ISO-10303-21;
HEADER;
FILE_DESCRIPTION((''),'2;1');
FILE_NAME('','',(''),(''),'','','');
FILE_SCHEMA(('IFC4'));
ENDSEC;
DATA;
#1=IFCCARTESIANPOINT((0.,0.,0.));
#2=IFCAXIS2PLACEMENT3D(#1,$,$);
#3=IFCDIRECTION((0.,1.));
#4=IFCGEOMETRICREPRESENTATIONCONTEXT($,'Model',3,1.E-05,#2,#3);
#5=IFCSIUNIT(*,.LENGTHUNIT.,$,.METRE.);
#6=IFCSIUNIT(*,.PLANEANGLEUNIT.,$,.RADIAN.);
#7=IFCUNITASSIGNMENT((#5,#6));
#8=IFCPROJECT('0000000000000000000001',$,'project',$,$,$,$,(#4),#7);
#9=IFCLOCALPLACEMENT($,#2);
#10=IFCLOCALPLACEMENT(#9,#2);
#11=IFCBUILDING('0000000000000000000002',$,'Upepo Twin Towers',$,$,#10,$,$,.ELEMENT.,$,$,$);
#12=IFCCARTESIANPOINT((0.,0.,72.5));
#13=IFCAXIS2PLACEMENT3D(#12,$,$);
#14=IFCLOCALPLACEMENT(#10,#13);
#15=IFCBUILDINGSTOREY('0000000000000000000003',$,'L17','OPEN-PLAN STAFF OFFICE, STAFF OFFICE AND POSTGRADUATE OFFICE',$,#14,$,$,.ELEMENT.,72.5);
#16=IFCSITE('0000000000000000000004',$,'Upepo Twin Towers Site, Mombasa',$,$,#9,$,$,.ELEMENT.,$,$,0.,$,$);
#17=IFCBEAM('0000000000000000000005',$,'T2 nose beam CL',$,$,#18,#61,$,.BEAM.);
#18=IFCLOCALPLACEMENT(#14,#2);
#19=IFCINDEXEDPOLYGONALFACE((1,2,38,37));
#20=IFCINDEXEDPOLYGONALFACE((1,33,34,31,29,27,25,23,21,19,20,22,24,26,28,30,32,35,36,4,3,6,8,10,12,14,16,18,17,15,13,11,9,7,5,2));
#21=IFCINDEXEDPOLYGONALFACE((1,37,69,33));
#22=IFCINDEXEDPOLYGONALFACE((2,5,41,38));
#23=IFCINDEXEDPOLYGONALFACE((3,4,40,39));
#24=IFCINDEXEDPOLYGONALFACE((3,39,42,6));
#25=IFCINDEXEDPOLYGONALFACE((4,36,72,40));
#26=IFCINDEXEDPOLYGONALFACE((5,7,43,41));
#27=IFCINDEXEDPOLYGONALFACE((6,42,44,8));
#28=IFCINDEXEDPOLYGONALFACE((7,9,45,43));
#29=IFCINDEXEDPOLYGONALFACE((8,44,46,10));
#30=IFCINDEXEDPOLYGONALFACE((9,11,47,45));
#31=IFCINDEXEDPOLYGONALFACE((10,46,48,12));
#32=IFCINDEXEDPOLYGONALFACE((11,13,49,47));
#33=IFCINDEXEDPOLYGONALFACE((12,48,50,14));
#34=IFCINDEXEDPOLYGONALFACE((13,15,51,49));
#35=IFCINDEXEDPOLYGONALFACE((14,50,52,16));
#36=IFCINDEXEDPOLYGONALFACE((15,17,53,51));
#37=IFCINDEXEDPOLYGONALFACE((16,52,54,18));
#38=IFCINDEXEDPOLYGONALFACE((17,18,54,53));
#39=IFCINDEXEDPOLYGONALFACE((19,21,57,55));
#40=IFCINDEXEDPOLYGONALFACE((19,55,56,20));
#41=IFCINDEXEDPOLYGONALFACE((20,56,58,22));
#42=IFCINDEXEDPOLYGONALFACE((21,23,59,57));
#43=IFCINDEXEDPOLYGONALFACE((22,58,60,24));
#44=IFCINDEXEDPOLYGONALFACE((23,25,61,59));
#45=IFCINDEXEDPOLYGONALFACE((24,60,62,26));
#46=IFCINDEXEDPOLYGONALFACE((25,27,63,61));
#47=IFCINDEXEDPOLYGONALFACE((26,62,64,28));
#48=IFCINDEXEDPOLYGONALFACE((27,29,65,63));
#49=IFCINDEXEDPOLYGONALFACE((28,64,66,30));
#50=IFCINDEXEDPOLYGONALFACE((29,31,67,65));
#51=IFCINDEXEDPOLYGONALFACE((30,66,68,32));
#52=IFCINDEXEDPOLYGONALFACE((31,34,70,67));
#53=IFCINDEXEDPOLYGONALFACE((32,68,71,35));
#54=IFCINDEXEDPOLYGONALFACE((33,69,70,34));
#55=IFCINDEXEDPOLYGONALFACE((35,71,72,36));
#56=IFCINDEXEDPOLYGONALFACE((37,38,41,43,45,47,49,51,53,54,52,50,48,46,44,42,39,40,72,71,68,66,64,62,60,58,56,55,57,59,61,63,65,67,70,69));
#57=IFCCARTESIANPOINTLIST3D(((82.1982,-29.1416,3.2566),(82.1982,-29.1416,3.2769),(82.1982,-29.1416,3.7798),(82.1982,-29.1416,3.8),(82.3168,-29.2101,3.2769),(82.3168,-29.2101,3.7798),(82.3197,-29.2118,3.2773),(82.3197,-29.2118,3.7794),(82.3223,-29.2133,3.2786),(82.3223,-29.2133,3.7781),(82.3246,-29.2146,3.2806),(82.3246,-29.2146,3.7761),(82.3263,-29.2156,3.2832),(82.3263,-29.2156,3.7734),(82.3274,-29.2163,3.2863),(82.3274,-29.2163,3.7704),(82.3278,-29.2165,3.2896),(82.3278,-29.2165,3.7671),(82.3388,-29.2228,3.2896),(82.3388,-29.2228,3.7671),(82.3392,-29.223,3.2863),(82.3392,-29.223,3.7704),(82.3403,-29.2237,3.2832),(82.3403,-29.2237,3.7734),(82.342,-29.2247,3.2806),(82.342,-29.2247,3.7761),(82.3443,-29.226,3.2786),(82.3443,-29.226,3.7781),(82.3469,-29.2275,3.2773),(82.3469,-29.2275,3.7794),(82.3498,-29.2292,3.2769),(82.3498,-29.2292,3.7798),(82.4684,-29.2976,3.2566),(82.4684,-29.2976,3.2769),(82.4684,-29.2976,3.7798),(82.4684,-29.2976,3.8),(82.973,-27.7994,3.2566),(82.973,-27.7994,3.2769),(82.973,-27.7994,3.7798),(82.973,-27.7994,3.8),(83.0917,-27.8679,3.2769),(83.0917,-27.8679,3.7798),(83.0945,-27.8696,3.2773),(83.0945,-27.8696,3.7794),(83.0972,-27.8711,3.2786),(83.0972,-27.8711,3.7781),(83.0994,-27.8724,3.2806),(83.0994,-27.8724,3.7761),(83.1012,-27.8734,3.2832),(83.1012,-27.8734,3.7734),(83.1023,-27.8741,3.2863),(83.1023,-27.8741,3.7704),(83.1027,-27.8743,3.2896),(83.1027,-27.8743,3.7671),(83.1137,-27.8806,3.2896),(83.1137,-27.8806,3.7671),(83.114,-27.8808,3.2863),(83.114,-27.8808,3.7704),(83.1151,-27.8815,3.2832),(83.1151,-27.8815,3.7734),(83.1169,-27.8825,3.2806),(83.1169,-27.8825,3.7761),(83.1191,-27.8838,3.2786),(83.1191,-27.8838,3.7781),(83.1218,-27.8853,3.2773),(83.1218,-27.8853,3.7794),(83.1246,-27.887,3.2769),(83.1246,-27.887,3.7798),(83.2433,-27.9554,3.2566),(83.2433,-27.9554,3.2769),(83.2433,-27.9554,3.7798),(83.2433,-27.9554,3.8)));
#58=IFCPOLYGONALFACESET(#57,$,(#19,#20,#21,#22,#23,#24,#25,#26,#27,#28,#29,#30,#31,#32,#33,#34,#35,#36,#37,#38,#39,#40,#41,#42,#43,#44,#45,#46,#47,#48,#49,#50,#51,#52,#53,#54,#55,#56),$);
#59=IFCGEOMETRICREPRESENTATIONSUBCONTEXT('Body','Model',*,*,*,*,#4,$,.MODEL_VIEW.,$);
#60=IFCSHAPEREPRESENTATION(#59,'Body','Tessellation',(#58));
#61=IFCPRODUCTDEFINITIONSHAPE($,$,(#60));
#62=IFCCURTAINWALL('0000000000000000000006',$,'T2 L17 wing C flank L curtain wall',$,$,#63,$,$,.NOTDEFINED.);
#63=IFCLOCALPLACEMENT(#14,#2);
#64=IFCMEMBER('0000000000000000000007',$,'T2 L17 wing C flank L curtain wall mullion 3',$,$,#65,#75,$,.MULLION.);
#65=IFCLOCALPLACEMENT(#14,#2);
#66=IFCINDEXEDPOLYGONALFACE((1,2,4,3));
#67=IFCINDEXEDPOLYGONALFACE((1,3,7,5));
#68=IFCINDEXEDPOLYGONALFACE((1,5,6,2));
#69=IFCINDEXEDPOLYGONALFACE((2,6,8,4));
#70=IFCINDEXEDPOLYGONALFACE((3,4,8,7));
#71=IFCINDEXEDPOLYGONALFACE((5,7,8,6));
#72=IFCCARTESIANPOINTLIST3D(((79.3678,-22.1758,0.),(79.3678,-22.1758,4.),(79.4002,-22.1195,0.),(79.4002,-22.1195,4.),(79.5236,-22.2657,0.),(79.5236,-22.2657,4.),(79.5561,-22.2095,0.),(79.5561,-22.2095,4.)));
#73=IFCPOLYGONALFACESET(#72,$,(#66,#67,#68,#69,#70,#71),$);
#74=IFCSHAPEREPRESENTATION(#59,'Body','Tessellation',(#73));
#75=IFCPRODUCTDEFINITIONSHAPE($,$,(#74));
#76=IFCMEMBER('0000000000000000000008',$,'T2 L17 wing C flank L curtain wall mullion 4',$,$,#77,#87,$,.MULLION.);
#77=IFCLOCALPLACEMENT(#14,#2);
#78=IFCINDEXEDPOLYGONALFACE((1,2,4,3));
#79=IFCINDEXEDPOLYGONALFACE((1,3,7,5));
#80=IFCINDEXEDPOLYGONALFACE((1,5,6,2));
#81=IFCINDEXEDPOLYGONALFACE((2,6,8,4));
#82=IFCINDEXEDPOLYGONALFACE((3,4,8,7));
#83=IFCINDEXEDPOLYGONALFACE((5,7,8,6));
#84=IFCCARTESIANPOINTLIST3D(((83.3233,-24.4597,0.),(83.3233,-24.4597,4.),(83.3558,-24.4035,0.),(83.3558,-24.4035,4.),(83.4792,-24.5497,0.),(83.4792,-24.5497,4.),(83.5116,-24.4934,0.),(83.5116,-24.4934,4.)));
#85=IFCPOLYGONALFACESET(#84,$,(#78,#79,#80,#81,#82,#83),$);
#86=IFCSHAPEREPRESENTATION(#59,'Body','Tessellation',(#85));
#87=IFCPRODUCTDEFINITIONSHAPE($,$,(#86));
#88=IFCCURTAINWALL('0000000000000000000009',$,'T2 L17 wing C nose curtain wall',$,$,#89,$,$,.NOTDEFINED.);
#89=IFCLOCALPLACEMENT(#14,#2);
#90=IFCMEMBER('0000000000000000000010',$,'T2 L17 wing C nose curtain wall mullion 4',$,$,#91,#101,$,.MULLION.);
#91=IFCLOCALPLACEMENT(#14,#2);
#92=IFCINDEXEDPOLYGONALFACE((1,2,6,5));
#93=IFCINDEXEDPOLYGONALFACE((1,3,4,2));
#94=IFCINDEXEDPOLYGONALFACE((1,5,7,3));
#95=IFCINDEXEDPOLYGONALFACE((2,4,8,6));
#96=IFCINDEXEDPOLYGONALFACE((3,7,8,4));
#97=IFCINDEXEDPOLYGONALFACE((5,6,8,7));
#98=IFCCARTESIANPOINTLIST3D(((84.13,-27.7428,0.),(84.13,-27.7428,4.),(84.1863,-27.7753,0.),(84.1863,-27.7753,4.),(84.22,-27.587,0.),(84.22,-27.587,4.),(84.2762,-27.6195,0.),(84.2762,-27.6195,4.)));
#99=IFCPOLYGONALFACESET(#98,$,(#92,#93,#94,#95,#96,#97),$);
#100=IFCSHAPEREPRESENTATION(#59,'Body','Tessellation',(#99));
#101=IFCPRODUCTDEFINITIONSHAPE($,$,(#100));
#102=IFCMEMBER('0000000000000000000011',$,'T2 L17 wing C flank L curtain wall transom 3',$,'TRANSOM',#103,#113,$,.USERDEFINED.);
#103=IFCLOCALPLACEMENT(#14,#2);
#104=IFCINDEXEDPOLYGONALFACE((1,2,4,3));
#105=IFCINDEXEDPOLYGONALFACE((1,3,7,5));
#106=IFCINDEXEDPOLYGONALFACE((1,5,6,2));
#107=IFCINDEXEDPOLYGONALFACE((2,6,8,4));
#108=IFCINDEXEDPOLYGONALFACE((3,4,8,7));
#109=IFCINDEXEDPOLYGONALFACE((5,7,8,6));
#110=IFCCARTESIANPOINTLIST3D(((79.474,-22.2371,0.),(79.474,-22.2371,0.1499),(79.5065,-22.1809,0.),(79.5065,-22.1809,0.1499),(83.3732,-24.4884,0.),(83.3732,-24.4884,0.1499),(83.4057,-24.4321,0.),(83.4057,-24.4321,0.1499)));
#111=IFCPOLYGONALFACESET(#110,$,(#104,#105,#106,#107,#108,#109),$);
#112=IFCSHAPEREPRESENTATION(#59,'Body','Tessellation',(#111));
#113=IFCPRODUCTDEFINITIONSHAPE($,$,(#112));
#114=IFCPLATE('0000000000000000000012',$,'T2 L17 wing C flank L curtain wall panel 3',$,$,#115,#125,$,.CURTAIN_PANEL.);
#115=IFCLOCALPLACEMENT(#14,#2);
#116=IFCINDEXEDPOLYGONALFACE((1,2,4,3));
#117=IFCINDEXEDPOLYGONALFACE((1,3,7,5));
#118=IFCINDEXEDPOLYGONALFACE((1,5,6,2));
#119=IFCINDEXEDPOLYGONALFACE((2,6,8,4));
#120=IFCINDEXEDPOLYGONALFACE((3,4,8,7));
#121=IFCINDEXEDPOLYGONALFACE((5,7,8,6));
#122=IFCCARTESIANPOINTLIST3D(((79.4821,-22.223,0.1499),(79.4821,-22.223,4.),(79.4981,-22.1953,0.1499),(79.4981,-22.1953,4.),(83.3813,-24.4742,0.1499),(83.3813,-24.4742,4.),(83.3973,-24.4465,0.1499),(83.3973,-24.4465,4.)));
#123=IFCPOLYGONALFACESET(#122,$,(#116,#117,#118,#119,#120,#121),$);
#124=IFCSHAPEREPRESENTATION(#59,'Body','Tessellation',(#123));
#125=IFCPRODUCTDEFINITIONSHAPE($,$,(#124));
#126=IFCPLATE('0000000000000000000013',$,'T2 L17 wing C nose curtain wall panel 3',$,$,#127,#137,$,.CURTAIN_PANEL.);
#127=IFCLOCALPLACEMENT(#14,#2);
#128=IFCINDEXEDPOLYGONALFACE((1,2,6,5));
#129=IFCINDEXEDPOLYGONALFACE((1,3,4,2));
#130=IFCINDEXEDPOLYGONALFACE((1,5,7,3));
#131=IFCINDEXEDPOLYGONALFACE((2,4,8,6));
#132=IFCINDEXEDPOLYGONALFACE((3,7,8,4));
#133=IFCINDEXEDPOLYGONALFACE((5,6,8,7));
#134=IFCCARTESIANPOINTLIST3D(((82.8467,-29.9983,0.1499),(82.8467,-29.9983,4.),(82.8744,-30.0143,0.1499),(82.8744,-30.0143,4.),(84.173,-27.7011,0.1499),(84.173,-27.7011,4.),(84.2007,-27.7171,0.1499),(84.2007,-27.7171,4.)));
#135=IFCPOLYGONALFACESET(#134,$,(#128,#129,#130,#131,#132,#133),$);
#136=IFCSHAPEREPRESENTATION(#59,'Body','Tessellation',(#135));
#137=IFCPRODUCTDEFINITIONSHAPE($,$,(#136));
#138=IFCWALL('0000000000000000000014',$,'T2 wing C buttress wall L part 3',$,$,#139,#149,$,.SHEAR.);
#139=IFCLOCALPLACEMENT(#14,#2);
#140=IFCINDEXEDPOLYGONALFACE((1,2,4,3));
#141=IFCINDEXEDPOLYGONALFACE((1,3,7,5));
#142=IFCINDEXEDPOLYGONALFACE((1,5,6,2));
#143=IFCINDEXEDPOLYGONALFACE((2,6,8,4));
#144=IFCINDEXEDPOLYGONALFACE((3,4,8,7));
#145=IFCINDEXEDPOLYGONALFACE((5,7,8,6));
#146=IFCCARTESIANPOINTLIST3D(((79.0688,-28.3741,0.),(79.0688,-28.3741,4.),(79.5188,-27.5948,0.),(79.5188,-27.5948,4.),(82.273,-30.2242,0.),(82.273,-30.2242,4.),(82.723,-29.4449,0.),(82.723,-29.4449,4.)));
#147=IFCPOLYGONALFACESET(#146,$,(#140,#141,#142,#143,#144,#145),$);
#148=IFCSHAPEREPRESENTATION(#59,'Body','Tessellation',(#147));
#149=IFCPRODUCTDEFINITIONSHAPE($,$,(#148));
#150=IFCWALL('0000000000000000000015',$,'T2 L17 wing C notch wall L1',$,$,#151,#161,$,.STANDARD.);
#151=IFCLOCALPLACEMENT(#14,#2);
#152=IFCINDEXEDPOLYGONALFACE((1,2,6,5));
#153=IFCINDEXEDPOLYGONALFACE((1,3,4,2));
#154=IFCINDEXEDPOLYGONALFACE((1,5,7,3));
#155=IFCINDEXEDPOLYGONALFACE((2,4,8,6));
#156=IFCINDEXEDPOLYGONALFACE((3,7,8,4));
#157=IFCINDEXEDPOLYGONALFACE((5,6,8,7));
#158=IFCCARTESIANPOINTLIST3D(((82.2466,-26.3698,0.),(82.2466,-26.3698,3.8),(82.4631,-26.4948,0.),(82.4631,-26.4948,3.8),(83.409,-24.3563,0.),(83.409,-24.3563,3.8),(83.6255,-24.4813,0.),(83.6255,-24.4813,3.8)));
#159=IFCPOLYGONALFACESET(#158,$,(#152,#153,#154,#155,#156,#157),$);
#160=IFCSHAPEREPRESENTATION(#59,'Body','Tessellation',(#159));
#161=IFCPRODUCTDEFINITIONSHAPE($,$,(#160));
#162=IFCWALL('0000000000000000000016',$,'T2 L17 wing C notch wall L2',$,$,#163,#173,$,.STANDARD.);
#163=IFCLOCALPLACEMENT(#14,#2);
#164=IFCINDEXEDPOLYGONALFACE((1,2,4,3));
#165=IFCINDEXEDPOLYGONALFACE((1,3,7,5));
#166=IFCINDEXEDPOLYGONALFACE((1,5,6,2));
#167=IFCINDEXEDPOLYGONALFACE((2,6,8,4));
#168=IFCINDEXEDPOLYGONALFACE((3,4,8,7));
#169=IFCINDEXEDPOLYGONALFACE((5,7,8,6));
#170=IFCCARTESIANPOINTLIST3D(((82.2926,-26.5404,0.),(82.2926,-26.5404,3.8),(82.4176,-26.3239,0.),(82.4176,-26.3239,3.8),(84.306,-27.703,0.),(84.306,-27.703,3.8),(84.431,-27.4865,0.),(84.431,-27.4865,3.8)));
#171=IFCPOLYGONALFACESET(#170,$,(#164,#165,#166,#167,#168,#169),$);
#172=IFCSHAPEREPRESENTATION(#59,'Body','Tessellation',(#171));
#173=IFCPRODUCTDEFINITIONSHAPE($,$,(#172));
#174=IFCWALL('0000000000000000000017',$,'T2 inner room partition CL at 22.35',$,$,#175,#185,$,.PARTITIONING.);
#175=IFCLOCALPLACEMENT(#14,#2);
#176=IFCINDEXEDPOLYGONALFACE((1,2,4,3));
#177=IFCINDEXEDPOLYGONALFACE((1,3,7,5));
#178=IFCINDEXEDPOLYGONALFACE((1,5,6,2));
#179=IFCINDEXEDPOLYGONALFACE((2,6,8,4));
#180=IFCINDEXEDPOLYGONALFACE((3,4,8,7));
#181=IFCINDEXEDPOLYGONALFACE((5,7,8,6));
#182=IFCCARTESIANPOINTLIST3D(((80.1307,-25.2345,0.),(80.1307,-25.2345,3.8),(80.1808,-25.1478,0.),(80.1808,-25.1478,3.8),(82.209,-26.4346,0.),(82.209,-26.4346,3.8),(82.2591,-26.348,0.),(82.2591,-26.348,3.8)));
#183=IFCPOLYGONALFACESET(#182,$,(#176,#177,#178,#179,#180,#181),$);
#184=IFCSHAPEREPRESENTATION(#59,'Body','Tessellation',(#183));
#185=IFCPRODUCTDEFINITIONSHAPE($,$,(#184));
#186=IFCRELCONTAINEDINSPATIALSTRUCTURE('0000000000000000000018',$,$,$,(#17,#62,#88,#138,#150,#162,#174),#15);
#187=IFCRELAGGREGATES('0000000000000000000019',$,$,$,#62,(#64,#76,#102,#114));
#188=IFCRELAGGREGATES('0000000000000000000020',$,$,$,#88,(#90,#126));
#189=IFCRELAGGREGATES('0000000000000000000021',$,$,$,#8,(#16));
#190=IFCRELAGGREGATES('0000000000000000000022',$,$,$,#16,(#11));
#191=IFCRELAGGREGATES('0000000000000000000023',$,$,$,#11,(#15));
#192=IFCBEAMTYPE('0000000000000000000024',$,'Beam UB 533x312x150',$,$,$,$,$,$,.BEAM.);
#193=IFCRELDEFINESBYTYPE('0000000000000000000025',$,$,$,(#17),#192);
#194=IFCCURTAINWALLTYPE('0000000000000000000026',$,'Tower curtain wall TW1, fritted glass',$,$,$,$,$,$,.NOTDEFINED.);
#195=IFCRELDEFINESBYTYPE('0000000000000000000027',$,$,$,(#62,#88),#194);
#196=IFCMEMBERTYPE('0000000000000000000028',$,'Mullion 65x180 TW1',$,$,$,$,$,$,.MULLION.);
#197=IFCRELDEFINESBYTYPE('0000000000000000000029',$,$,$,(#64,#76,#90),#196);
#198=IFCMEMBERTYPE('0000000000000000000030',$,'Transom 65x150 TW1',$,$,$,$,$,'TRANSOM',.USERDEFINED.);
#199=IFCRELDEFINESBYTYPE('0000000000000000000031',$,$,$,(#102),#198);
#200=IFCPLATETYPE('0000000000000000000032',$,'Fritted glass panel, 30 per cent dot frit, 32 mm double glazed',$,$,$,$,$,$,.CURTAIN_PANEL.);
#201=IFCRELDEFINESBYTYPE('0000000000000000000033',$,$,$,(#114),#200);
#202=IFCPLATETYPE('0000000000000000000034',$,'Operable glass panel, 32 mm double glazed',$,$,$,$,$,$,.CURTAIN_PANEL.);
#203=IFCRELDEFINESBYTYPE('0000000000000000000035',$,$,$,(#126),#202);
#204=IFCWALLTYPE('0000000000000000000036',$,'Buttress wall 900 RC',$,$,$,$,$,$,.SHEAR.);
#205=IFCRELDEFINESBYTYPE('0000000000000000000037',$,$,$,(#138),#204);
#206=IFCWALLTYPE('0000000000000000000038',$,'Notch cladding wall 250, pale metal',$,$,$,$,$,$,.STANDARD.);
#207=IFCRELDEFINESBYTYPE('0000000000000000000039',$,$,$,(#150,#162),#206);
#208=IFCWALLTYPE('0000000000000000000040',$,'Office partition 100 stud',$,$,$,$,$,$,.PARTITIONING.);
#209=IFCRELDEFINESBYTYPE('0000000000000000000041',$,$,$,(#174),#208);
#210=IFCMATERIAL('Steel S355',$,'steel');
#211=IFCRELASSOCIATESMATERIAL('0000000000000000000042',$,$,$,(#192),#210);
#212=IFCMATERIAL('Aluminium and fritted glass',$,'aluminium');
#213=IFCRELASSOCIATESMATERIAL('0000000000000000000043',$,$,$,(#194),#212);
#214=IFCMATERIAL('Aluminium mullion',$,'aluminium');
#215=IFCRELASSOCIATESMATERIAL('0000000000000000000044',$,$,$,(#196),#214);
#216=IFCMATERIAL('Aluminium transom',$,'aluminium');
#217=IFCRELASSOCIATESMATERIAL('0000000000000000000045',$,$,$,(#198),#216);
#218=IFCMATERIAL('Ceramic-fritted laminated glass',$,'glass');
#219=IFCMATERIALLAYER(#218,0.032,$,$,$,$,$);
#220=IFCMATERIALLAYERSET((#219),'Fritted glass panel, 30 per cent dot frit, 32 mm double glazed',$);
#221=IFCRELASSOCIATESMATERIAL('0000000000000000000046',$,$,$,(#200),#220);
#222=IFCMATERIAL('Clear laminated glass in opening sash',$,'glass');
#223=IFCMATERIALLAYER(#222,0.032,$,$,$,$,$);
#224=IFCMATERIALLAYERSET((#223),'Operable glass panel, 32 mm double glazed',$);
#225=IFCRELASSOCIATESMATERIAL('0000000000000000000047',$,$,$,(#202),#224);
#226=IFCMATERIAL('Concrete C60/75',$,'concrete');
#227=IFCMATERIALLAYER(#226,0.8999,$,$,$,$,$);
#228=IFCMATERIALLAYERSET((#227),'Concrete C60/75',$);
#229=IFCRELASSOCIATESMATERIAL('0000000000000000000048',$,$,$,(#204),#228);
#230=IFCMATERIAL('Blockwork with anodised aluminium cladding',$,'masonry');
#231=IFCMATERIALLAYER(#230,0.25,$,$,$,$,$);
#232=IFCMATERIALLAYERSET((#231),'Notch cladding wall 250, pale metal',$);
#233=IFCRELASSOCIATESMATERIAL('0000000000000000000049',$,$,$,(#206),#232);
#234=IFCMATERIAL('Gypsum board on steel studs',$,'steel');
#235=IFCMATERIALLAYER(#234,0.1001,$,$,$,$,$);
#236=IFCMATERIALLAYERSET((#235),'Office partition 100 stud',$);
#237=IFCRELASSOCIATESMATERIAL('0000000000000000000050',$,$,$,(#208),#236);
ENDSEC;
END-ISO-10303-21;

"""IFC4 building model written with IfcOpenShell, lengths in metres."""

from ifc_helpers import new_model, si_unit, direction, frame, frame_2d, origin, origin_2d, place, context, subcontext, project, spatial, rectangle, i_section, extrude, material, layer, layer_set, material_profile, profile_set, type_object, element, aggregate, save


model = new_model("IFC4")

# Units and contexts
model_context = context("Model", 3, precision=1e-05, world=origin(), true_north=direction((0.0, 1.0)))
body_context = subcontext(model_context, "Body", "Model", "MODEL_VIEW")
ifc_project = project(units=[si_unit("LENGTHUNIT", "METRE"), si_unit("PLANEANGLEUNIT", "RADIAN")], contexts=[model_context])

# Site, building, storey
site_placement = place(None, origin())
site = spatial("IfcSite", under=ifc_project, at=site_placement, Name="Upepo Twin Towers Site, Mombasa", CompositionType="ELEMENT", RefElevation=0.0)
building_placement = place(site_placement, origin())
building = spatial("IfcBuilding", under=site, at=building_placement, Name="Upepo Twin Towers", CompositionType="ELEMENT")
storey_placement = place(building_placement, frame((0.0, 0.0, 72.5)))
storey = spatial("IfcBuildingStorey", under=building, at=storey_placement, Name="L17", Description="OPEN-PLAN STAFF OFFICE, STAFF OFFICE AND POSTGRADUATE OFFICE", CompositionType="ELEMENT", Elevation=72.5)

# Beam
ifc_material_1 = material(Name="Steel S355", Category="steel")
ifc_material_profile_1 = material_profile(ifc_material_1, i_section(OverallWidth=0.312, OverallDepth=0.5435, WebThickness=0.0127, FlangeThickness=0.0203, FilletRadius=0.0127, at=origin_2d()), Name="UB 533x312x150")
ifc_profile_set_1 = profile_set([ifc_material_profile_1], Name="Steel S355")
beam_type_1 = type_object("IfcBeamType", Name="Beam UB 533x312x150", PredefinedType="BEAM", material=ifc_profile_set_1)
beam_1_placement = place(storey_placement, frame((83.1082, -27.8774, 3.5283), z_axis=(-0.499968, -0.866044, 0.0), x_axis=(0.866044, -0.499968, 0.0)))
element("IfcBeam", 1, at=beam_1_placement, inside=storey, type_object=beam_type_1, Name="T2 nose beam CL", PredefinedType="BEAM", context=body_context, shape_type="SweptSolid", body=[
    extrude(i_section(OverallWidth=0.312, OverallDepth=0.5435, WebThickness=0.0127, FlangeThickness=0.0203, FilletRadius=0.0127, at=origin_2d()), origin(), (0.0, 0.0, 1.0), 1.5498),
])

# Curtain wall, members
ifc_material_2 = material(Name="Aluminium and fritted glass", Category="aluminium")
curtain_wall_type = type_object("IfcCurtainWallType", Name="Tower curtain wall TW1, fritted glass", PredefinedType="NOTDEFINED", material=ifc_material_2)
curtain_wall_1_placement = place(storey_placement, origin())
curtain_wall_1 = element("IfcCurtainWall", 2, at=curtain_wall_1_placement, inside=storey, type_object=curtain_wall_type, Name="T2 L17 wing C flank L curtain wall", PredefinedType="NOTDEFINED")
ifc_material_3 = material(Name="Aluminium mullion", Category="aluminium")
ifc_material_profile_2 = material_profile(ifc_material_3, rectangle(XDim=0.0649, YDim=0.1799, at=origin_2d()), Name="MULLION 65x180")
ifc_profile_set_2 = profile_set([ifc_material_profile_2], Name="Aluminium mullion")
member_type_1 = type_object("IfcMemberType", Name="Mullion 65x180 TW1", PredefinedType="MULLION", material=ifc_profile_set_2)
member_1_placement = place(storey_placement, frame((79.4619, -22.1926, 0.0), z_axis=(0.0, 0.0, 1.0), x_axis=(0.5, 0.866025, 0.0)))
member_1 = element("IfcMember", 3, at=member_1_placement, type_object=member_type_1, Name="T2 L17 wing C flank L curtain wall mullion 3", PredefinedType="MULLION", context=body_context, shape_type="SweptSolid", body=[
    extrude(rectangle(XDim=0.0649, YDim=0.1799, at=origin_2d()), origin(), (0.0, 0.0, 1.0), 4.0),
])
member_2_placement = place(storey_placement, frame((83.4175, -24.4766, 0.0), z_axis=(0.0, 0.0, 1.0), x_axis=(0.5, 0.866025, 0.0)))
member_2 = element("IfcMember", 4, at=member_2_placement, type_object=member_type_1, Name="T2 L17 wing C flank L curtain wall mullion 4", PredefinedType="MULLION", context=body_context, shape_type="SweptSolid", body=[
    extrude(rectangle(XDim=0.0649, YDim=0.1799, at=origin_2d()), origin(), (0.0, 0.0, 1.0), 4.0),
])

# Curtain wall, member
curtain_wall_2_placement = place(storey_placement, origin())
curtain_wall_2 = element("IfcCurtainWall", 5, at=curtain_wall_2_placement, inside=storey, type_object=curtain_wall_type, Name="T2 L17 wing C nose curtain wall", PredefinedType="NOTDEFINED")
member_3_placement = place(storey_placement, frame((84.2031, -27.6812, 0.0), z_axis=(0.0, 0.0, 1.0), x_axis=(-0.866025, 0.5, 0.0)))
member_3 = element("IfcMember", 6, at=member_3_placement, type_object=member_type_1, Name="T2 L17 wing C nose curtain wall mullion 4", PredefinedType="MULLION", context=body_context, shape_type="SweptSolid", body=[
    extrude(rectangle(XDim=0.0649, YDim=0.1799, at=origin_2d()), origin(), (0.0, 0.0, 1.0), 4.0),
])

# Member
ifc_material_4 = material(Name="Aluminium transom", Category="aluminium")
ifc_material_profile_3 = material_profile(ifc_material_4, rectangle(XDim=0.0649, YDim=0.1499, at=origin_2d()), Name="TRANSOM 65x150")
ifc_profile_set_3 = profile_set([ifc_material_profile_3], Name="Aluminium transom")
member_type_2 = type_object("IfcMemberType", Name="Transom 65x150 TW1", ElementType="TRANSOM", PredefinedType="USERDEFINED", material=ifc_profile_set_3)
member_4_placement = place(storey_placement, frame((79.4902, -22.209, 0.075), z_axis=(0.866022, -0.500006, 0.0), x_axis=(0.500006, 0.866022, 0.0)))
member_4 = element("IfcMember", 7, at=member_4_placement, type_object=member_type_2, Name="T2 L17 wing C flank L curtain wall transom 3", ObjectType="TRANSOM", PredefinedType="USERDEFINED", context=body_context, shape_type="SweptSolid", body=[
    extrude(rectangle(XDim=0.0649, YDim=0.1499, at=origin_2d()), origin(), (0.0, 0.0, 1.0), 4.5024),
])

# Plates
ifc_material_5 = material(Name="Ceramic-fritted laminated glass", Category="glass")
ifc_layer_1 = layer(ifc_material_5, 0.032)
ifc_layer_set_1 = layer_set([ifc_layer_1], Name="Fritted glass panel, 30 per cent dot frit, 32 mm double glazed")
plate_type_1 = type_object("IfcPlateType", Name="Fritted glass panel, 30 per cent dot frit, 32 mm double glazed", PredefinedType="CURTAIN_PANEL", material=ifc_layer_set_1)
plate_1_placement = place(storey_placement, frame((81.4397, -23.3347, 0.1499), z_axis=(0.0, 0.0, 1.0), x_axis=(0.866025, -0.5, 0.0)))
plate_1 = element("IfcPlate", 8, at=plate_1_placement, type_object=plate_type_1, Name="T2 L17 wing C flank L curtain wall panel 3", PredefinedType="CURTAIN_PANEL", context=body_context, shape_type="SweptSolid", body=[
    extrude(rectangle(XDim=4.5024, YDim=0.032, at=origin_2d()), origin(), (0.0, 0.0, 1.0), 3.8501),
])
aggregate(curtain_wall_1, [member_1, member_2, member_4, plate_1])
ifc_material_6 = material(Name="Clear laminated glass in opening sash", Category="glass")
ifc_layer_2 = layer(ifc_material_6, 0.032)
ifc_layer_set_2 = layer_set([ifc_layer_2], Name="Operable glass panel, 32 mm double glazed")
plate_type_2 = type_object("IfcPlateType", Name="Operable glass panel, 32 mm double glazed", PredefinedType="CURTAIN_PANEL", material=ifc_layer_set_2)
plate_2_placement = place(storey_placement, frame((83.5237, -28.8577, 0.1499), z_axis=(0.0, 0.0, 1.0), x_axis=(0.5, 0.866025, 0.0)))
plate_2 = element("IfcPlate", 9, at=plate_2_placement, type_object=plate_type_2, Name="T2 L17 wing C nose curtain wall panel 3", PredefinedType="CURTAIN_PANEL", context=body_context, shape_type="SweptSolid", body=[
    extrude(rectangle(XDim=2.6526, YDim=0.032, at=origin_2d()), origin(), (0.0, 0.0, 1.0), 3.8501),
])
aggregate(curtain_wall_2, [member_3, plate_2])

# Walls
ifc_material_7 = material(Name="Concrete C60/75", Category="concrete")
ifc_layer_3 = layer(ifc_material_7, 0.8999)
ifc_layer_set_3 = layer_set([ifc_layer_3], Name="Concrete C60/75")
wall_type_1 = type_object("IfcWallType", Name="Buttress wall 900 RC", PredefinedType="SHEAR", material=ifc_layer_set_3)
wall_1_placement = place(storey_placement, frame((79.2937, -27.9844, 0.0), z_axis=(0.0, 0.0, 1.0), x_axis=(0.866001, -0.500042, 0.0)))
element("IfcWall", 10, at=wall_1_placement, inside=storey, type_object=wall_type_1, Name="T2 wing C buttress wall L part 3", PredefinedType="SHEAR", context=body_context, shape_type="SweptSolid", body=[
    extrude(rectangle(XDim=3.7, YDim=0.8999, at=frame_2d((1.8501, 0.0))), origin(), (0.0, 0.0, 1.0), 4.0),
])
ifc_material_8 = material(Name="Blockwork with anodised aluminium cladding", Category="masonry")
ifc_layer_4 = layer(ifc_material_8, 0.25)
ifc_layer_set_4 = layer_set([ifc_layer_4], Name="Notch cladding wall 250, pale metal")
wall_type_2 = type_object("IfcWallType", Name="Notch cladding wall 250, pale metal", PredefinedType="STANDARD", material=ifc_layer_set_4)
for number, where, z_axis, x_axis, name in (
    (11, (83.5173, -24.4187, 0.0), (0.0, 0.0, 1.0), (-0.499968, -0.866044, 0.0), "T2 L17 wing C notch wall L1"),
    (12, (82.355, -26.4321, 0.0), (0.0, 0.0, 1.0), (0.865998, -0.500047, 0.0), "T2 L17 wing C notch wall L2"),
):
    element("IfcWall", number, at=place(storey_placement, frame(where, z_axis=z_axis, x_axis=x_axis)), inside=storey, type_object=wall_type_2, Name=name, PredefinedType="STANDARD", context=body_context, shape_type="SweptSolid", body=[
        extrude(rectangle(XDim=2.325, YDim=0.25, at=frame_2d((1.1626, 0.0))), origin(), (0.0, 0.0, 1.0), 3.8),
    ])
ifc_material_9 = material(Name="Gypsum board on steel studs", Category="steel")
ifc_layer_5 = layer(ifc_material_9, 0.1001)
ifc_layer_set_5 = layer_set([ifc_layer_5], Name="Office partition 100 stud")
wall_type_3 = type_object("IfcWallType", Name="Office partition 100 stud", PredefinedType="PARTITIONING", material=ifc_layer_set_5)
wall_2_placement = place(storey_placement, frame((80.1558, -25.1912, 0.0), z_axis=(0.0, 0.0, 1.0), x_axis=(0.865981, -0.500078, 0.0)))
element("IfcWall", 13, at=wall_2_placement, inside=storey, type_object=wall_type_3, Name="T2 inner room partition CL at 22.35", PredefinedType="PARTITIONING", context=body_context, shape_type="SweptSolid", body=[
    extrude(rectangle(XDim=2.3999, YDim=0.1001, at=frame_2d((1.2, 0.0))), origin(), (0.0, 0.0, 1.0), 3.8),
])

save(model, "model.ifc")
